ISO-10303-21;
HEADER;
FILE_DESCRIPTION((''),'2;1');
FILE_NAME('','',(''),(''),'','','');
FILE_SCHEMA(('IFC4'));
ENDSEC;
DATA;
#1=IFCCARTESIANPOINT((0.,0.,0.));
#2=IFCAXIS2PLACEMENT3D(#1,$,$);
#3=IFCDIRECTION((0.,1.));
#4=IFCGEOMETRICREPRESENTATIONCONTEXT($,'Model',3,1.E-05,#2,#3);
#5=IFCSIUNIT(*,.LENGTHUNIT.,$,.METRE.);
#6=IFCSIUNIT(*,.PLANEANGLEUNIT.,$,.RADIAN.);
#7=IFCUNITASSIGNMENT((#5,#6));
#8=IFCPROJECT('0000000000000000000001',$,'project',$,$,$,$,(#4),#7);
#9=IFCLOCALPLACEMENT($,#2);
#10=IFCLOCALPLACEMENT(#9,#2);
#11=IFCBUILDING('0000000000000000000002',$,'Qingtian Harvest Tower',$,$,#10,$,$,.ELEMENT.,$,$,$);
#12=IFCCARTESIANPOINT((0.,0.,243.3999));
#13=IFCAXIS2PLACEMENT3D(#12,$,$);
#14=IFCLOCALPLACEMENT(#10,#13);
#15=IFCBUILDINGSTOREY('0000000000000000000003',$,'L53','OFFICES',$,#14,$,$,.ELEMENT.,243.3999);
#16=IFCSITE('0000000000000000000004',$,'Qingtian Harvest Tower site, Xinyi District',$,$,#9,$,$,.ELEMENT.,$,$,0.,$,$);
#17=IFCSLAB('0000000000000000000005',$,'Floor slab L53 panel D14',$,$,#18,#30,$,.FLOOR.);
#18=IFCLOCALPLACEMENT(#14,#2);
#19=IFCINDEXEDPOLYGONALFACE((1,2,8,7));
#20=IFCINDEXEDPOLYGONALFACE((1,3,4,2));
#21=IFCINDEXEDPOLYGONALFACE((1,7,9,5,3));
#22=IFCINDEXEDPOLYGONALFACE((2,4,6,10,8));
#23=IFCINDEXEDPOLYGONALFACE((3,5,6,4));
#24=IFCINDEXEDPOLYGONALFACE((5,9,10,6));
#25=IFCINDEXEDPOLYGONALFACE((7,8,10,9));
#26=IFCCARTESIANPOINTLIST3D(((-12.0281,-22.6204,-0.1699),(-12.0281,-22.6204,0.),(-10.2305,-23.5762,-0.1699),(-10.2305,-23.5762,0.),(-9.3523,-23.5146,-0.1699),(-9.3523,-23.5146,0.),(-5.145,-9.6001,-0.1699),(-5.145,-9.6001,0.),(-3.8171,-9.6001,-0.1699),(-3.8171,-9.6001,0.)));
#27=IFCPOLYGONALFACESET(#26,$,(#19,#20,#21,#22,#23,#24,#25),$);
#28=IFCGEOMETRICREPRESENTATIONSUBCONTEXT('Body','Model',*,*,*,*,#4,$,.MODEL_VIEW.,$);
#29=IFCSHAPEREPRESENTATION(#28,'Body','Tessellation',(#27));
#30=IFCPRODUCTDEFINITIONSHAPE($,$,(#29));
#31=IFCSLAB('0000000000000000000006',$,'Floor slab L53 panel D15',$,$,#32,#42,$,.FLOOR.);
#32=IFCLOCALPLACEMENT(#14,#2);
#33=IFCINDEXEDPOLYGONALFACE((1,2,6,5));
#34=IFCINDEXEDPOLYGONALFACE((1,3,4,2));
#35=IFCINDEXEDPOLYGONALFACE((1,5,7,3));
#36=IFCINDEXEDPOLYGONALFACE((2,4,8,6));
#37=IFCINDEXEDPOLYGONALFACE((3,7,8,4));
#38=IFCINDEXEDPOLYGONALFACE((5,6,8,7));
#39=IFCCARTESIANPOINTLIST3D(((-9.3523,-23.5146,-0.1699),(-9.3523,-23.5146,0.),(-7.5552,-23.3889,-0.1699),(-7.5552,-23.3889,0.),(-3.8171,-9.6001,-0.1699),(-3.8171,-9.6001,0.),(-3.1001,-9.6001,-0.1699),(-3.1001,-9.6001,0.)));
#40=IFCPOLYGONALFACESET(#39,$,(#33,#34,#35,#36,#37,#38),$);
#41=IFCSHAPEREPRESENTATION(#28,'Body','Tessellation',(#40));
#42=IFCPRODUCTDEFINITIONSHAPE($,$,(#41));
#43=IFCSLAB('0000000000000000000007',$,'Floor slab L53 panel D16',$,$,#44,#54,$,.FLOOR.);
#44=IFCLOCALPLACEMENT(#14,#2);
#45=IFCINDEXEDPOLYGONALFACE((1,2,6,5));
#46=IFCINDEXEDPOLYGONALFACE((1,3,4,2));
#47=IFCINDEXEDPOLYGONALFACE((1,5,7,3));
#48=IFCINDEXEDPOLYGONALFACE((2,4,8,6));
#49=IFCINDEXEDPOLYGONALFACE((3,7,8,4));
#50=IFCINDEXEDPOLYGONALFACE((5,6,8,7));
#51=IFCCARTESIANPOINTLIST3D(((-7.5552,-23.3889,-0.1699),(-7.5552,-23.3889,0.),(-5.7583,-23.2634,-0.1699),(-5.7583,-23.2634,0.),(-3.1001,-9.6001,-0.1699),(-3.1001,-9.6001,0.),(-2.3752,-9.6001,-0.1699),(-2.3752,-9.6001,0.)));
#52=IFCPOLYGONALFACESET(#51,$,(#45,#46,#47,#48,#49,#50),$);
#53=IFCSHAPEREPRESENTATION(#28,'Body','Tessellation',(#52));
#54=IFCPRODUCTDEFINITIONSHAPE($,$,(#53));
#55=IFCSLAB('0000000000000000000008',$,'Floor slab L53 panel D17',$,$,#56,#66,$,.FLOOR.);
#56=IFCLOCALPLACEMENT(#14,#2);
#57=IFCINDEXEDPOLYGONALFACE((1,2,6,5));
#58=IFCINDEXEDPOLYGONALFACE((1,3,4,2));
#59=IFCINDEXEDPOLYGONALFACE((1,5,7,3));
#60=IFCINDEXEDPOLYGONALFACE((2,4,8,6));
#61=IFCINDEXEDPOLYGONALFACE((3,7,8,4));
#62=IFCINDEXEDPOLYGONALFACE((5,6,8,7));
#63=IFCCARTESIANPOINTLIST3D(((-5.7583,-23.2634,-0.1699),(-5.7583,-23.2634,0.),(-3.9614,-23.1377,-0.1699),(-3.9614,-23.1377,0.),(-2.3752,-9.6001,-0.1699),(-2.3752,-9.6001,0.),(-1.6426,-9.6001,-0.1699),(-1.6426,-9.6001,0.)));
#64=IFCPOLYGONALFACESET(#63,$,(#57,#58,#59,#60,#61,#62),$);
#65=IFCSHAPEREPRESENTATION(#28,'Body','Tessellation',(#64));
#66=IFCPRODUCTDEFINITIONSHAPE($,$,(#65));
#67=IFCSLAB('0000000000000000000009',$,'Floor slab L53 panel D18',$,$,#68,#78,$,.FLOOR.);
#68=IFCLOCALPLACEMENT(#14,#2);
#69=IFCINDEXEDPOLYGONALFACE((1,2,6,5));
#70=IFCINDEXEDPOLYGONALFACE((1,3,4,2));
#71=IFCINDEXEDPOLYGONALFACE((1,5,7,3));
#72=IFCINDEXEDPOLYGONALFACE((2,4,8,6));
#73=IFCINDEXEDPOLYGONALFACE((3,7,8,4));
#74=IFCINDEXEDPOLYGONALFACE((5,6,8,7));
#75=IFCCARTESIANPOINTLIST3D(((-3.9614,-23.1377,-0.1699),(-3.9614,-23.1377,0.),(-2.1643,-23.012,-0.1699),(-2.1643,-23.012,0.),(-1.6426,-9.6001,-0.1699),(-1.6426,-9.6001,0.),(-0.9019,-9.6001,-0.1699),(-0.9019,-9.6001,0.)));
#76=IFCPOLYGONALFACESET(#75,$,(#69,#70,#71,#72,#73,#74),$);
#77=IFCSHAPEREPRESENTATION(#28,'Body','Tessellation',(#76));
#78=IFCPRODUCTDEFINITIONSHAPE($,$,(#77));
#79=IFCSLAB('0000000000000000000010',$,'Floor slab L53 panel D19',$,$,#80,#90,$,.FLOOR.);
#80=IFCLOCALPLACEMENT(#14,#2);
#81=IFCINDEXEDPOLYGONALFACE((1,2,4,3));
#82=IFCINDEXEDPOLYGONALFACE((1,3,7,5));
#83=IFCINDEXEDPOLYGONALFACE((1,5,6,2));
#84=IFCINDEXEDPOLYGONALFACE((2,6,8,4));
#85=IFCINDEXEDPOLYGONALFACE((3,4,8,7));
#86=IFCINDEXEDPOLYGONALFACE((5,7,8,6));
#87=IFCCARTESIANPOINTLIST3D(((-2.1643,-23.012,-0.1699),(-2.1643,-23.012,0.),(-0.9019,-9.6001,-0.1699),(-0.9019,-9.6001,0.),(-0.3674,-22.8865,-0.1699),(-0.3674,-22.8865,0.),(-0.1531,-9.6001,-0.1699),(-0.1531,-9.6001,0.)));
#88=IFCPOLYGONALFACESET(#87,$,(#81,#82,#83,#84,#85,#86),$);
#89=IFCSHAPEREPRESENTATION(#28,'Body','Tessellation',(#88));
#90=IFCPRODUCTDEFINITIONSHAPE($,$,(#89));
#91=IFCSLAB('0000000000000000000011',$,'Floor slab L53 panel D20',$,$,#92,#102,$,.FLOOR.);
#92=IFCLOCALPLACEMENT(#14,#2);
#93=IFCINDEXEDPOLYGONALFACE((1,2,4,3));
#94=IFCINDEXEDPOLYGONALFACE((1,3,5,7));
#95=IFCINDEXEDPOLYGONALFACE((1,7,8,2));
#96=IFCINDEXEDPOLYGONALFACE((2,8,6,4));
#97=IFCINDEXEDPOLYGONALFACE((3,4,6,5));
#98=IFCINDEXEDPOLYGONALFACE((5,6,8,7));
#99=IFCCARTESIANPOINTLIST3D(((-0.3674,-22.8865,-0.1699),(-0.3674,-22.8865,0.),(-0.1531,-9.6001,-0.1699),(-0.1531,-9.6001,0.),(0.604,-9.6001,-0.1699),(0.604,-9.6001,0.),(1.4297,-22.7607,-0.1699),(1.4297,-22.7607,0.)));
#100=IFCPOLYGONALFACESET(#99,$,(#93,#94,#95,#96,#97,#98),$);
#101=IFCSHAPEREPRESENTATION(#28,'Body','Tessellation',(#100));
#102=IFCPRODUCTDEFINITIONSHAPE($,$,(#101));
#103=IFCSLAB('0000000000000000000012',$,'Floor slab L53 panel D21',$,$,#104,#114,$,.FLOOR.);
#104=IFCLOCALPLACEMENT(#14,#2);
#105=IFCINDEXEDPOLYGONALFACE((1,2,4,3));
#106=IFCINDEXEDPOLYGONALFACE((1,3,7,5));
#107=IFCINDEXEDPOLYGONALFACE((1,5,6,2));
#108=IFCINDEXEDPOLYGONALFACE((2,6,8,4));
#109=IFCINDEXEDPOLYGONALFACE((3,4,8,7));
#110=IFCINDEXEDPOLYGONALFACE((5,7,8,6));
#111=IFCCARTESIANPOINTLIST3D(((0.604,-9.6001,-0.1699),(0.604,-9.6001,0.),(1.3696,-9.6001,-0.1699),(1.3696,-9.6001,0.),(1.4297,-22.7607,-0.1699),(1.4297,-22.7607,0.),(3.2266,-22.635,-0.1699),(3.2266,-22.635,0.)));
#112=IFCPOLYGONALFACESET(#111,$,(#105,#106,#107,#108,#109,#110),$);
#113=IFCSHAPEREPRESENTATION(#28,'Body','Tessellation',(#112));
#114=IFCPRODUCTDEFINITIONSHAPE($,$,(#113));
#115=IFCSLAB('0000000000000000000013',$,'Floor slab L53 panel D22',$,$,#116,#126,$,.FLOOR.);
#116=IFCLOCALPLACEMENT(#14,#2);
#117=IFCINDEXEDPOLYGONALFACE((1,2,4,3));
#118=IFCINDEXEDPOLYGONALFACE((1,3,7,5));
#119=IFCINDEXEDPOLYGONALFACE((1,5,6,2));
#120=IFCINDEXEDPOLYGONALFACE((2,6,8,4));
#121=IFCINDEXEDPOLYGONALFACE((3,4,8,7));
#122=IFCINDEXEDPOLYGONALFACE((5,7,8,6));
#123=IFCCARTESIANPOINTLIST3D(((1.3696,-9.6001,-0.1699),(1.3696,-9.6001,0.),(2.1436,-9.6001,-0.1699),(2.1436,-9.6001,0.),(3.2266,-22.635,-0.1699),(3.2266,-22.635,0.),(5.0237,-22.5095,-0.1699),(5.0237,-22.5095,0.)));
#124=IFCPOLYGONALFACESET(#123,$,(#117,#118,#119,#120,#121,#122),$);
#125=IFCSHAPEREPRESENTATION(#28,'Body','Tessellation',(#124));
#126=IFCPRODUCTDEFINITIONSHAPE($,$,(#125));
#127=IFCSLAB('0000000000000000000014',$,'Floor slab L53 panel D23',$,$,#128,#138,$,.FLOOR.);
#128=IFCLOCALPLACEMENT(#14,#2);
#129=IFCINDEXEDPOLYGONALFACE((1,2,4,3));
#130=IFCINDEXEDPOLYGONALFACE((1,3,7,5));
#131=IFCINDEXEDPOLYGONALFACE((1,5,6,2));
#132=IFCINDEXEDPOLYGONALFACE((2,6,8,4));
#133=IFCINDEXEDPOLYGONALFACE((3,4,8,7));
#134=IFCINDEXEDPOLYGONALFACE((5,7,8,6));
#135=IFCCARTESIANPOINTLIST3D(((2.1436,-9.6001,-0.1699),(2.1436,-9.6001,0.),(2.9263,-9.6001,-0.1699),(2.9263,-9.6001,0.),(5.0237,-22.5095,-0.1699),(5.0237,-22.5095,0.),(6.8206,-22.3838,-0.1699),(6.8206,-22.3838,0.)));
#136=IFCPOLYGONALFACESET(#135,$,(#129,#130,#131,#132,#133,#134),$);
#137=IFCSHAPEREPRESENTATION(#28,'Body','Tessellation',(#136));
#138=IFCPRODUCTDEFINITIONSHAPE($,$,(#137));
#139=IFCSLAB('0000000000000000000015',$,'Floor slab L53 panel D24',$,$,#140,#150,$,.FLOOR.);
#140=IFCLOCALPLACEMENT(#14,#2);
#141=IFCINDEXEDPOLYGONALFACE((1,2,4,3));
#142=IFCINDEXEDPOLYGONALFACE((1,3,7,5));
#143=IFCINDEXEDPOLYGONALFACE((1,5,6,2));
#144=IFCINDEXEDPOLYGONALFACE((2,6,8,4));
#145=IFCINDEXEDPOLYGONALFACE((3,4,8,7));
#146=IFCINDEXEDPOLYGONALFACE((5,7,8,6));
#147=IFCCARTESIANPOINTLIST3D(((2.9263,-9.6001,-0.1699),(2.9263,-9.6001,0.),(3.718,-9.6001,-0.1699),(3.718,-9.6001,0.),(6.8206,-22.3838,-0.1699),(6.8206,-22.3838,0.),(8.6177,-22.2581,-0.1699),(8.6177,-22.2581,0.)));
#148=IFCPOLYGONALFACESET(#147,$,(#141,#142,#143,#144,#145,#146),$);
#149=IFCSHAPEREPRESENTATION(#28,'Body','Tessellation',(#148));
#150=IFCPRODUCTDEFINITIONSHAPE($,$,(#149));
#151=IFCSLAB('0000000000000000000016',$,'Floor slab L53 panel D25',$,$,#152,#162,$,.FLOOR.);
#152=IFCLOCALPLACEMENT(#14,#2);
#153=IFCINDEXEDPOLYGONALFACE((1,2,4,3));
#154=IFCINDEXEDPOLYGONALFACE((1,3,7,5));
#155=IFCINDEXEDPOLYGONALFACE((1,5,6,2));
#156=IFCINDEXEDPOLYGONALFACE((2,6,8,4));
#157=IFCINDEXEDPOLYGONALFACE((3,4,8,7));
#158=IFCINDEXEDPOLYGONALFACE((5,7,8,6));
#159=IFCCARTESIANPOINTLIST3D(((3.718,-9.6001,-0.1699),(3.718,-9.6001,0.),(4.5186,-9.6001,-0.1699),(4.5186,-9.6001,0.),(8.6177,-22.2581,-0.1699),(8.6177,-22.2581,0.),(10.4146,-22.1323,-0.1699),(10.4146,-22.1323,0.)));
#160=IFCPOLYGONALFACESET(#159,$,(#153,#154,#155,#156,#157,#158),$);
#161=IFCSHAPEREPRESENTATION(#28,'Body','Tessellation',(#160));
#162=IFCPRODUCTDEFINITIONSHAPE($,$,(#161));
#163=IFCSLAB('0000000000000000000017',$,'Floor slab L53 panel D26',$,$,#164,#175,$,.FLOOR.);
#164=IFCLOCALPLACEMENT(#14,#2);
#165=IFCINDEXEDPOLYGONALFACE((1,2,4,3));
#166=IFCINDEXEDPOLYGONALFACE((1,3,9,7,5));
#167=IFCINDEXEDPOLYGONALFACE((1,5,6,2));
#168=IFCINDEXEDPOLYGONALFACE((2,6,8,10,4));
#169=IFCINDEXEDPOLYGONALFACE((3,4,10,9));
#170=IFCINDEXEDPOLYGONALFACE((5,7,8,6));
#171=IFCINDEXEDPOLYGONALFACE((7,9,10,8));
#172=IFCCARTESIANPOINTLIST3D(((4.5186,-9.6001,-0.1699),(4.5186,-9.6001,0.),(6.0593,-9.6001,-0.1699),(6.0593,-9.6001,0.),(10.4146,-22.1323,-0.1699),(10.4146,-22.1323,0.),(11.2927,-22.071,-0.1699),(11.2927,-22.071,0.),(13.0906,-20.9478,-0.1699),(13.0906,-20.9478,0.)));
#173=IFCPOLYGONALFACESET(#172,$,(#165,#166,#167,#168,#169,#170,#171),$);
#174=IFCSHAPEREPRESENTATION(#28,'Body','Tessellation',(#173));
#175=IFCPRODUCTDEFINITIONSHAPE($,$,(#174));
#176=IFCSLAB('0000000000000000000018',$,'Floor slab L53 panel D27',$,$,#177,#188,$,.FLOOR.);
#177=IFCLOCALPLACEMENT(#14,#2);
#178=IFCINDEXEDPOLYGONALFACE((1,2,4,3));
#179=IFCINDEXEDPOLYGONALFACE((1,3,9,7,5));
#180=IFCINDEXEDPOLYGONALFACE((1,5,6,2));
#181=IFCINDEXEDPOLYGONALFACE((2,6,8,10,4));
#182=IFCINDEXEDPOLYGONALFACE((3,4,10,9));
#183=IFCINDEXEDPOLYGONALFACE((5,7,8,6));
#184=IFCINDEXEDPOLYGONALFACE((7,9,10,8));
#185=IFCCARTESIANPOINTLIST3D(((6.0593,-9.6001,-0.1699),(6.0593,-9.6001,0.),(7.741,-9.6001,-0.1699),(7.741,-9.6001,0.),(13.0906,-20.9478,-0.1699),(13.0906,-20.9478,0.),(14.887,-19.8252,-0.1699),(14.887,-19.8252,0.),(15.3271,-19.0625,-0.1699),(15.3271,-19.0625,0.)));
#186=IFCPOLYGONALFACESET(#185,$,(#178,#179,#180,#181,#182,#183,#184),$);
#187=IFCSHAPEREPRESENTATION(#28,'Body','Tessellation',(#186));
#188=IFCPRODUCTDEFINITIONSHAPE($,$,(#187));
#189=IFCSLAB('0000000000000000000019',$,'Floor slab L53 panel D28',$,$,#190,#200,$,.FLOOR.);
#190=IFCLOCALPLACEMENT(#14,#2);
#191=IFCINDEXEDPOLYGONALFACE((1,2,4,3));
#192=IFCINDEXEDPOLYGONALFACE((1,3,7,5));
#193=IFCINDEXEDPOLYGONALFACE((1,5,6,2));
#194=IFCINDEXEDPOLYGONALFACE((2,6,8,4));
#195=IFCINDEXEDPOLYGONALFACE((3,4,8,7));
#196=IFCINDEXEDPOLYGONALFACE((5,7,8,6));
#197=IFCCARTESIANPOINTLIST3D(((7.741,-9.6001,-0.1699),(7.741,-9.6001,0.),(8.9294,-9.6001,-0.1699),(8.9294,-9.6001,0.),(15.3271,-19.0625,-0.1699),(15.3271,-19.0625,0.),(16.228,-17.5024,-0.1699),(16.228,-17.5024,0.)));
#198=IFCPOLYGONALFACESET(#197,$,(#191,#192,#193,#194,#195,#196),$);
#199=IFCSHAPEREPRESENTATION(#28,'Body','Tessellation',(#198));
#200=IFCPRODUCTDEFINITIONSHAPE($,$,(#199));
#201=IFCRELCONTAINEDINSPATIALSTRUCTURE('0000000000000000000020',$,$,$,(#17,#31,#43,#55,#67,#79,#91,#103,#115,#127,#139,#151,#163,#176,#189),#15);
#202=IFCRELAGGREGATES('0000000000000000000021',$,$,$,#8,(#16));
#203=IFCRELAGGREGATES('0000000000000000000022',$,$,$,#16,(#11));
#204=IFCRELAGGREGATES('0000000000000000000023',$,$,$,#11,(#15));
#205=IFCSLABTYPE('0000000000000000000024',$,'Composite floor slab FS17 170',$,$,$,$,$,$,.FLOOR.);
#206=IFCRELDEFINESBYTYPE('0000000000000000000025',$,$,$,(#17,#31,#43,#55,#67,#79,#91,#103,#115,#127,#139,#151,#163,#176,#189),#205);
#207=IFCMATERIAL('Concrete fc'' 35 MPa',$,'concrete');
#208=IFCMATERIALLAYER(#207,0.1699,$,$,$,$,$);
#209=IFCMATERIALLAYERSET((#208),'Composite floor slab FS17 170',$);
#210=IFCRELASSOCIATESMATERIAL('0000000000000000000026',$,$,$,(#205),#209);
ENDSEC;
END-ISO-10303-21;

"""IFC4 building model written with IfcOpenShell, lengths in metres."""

from ifc_helpers import new_model, si_unit, direction, frame, origin, place, context, subcontext, project, spatial, polyline, outline, extrude, material, layer, layer_set, type_object, element, save


model = new_model("IFC4")

# Units and contexts
model_context = context("Model", 3, precision=1e-05, world=origin(), true_north=direction((0.0, 1.0)))
body_context = subcontext(model_context, "Body", "Model", "MODEL_VIEW")
ifc_project = project(units=[si_unit("LENGTHUNIT", "METRE"), si_unit("PLANEANGLEUNIT", "RADIAN")], contexts=[model_context])

# Site, building, storey
site_placement = place(None, origin())
site = spatial("IfcSite", under=ifc_project, at=site_placement, Name="Qingtian Harvest Tower site, Xinyi District", CompositionType="ELEMENT", RefElevation=0.0)
building_placement = place(site_placement, origin())
building = spatial("IfcBuilding", under=site, at=building_placement, Name="Qingtian Harvest Tower", CompositionType="ELEMENT")
storey_placement = place(building_placement, frame((0.0, 0.0, 243.3999)))
storey = spatial("IfcBuildingStorey", under=building, at=storey_placement, Name="L53", Description="OFFICES", CompositionType="ELEMENT", Elevation=243.3999)

# Slabs
ifc_material_1 = material(Name="Concrete fc' 35 MPa", Category="concrete")
ifc_layer_1 = layer(ifc_material_1, 0.1699)
ifc_layer_set_1 = layer_set([ifc_layer_1], Name="Composite floor slab FS17 170")
slab_type = type_object("IfcSlabType", Name="Composite floor slab FS17 170", PredefinedType="FLOOR", material=ifc_layer_set_1)
slab_1_placement = place(storey_placement, frame((0.0, 0.0, -0.1699)))
element("IfcSlab", 1, at=slab_1_placement, inside=storey, type_object=slab_type, Name="Floor slab L53 panel D14", PredefinedType="FLOOR", context=body_context, shape_type="SweptSolid", body=[
    extrude(outline(polyline([(-5.145, -9.6001), (-3.8171, -9.6001), (-9.3523, -23.5146), (-10.2305, -23.5762), (-12.0281, -22.6204), (-5.145, -9.6001)])), origin(), (0.0, 0.0, 1.0), 0.1699),
])
slab_2_placement = place(storey_placement, frame((0.0, 0.0, -0.1699)))
element("IfcSlab", 2, at=slab_2_placement, inside=storey, type_object=slab_type, Name="Floor slab L53 panel D15", PredefinedType="FLOOR", context=body_context, shape_type="SweptSolid", body=[
    extrude(outline(polyline([(-3.1001, -9.6001), (-7.5552, -23.3889), (-9.3523, -23.5146), (-3.8171, -9.6001), (-3.1001, -9.6001)])), origin(), (0.0, 0.0, 1.0), 0.1699),
])
slab_3_placement = place(storey_placement, frame((0.0, 0.0, -0.1699)))
element("IfcSlab", 3, at=slab_3_placement, inside=storey, type_object=slab_type, Name="Floor slab L53 panel D16", PredefinedType="FLOOR", context=body_context, shape_type="SweptSolid", body=[
    extrude(outline(polyline([(-2.3752, -9.6001), (-5.7583, -23.2634), (-7.5552, -23.3889), (-3.1001, -9.6001), (-2.3752, -9.6001)])), origin(), (0.0, 0.0, 1.0), 0.1699),
])
slab_4_placement = place(storey_placement, frame((0.0, 0.0, -0.1699)))
element("IfcSlab", 4, at=slab_4_placement, inside=storey, type_object=slab_type, Name="Floor slab L53 panel D17", PredefinedType="FLOOR", context=body_context, shape_type="SweptSolid", body=[
    extrude(outline(polyline([(-1.6426, -9.6001), (-3.9614, -23.1377), (-5.7583, -23.2634), (-2.3752, -9.6001), (-1.6426, -9.6001)])), origin(), (0.0, 0.0, 1.0), 0.1699),
])
slab_5_placement = place(storey_placement, frame((0.0, 0.0, -0.1699)))
element("IfcSlab", 5, at=slab_5_placement, inside=storey, type_object=slab_type, Name="Floor slab L53 panel D18", PredefinedType="FLOOR", context=body_context, shape_type="SweptSolid", body=[
    extrude(outline(polyline([(-0.9019, -9.6001), (-2.1643, -23.012), (-3.9614, -23.1377), (-1.6426, -9.6001), (-0.9019, -9.6001)])), origin(), (0.0, 0.0, 1.0), 0.1699),
])
slab_6_placement = place(storey_placement, frame((0.0, 0.0, -0.1699)))
element("IfcSlab", 6, at=slab_6_placement, inside=storey, type_object=slab_type, Name="Floor slab L53 panel D19", PredefinedType="FLOOR", context=body_context, shape_type="SweptSolid", body=[
    extrude(outline(polyline([(-0.1531, -9.6001), (-0.3674, -22.8865), (-2.1643, -23.012), (-0.9019, -9.6001), (-0.1531, -9.6001)])), origin(), (0.0, 0.0, 1.0), 0.1699),
])
slab_7_placement = place(storey_placement, frame((0.0, 0.0, -0.1699)))
element("IfcSlab", 7, at=slab_7_placement, inside=storey, type_object=slab_type, Name="Floor slab L53 panel D20", PredefinedType="FLOOR", context=body_context, shape_type="SweptSolid", body=[
    extrude(outline(polyline([(0.604, -9.6001), (1.4297, -22.7607), (-0.3674, -22.8865), (-0.1531, -9.6001), (0.604, -9.6001)])), origin(), (0.0, 0.0, 1.0), 0.1699),
])
slab_8_placement = place(storey_placement, frame((0.0, 0.0, -0.1699)))
element("IfcSlab", 8, at=slab_8_placement, inside=storey, type_object=slab_type, Name="Floor slab L53 panel D21", PredefinedType="FLOOR", context=body_context, shape_type="SweptSolid", body=[
    extrude(outline(polyline([(1.3696, -9.6001), (3.2266, -22.635), (1.4297, -22.7607), (0.604, -9.6001), (1.3696, -9.6001)])), origin(), (0.0, 0.0, 1.0), 0.1699),
])
slab_9_placement = place(storey_placement, frame((0.0, 0.0, -0.1699)))
element("IfcSlab", 9, at=slab_9_placement, inside=storey, type_object=slab_type, Name="Floor slab L53 panel D22", PredefinedType="FLOOR", context=body_context, shape_type="SweptSolid", body=[
    extrude(outline(polyline([(2.1436, -9.6001), (5.0237, -22.5095), (3.2266, -22.635), (1.3696, -9.6001), (2.1436, -9.6001)])), origin(), (0.0, 0.0, 1.0), 0.1699),
])
slab_10_placement = place(storey_placement, frame((0.0, 0.0, -0.1699)))
element("IfcSlab", 10, at=slab_10_placement, inside=storey, type_object=slab_type, Name="Floor slab L53 panel D23", PredefinedType="FLOOR", context=body_context, shape_type="SweptSolid", body=[
    extrude(outline(polyline([(2.9263, -9.6001), (6.8206, -22.3838), (5.0237, -22.5095), (2.1436, -9.6001), (2.9263, -9.6001)])), origin(), (0.0, 0.0, 1.0), 0.1699),
])
slab_11_placement = place(storey_placement, frame((0.0, 0.0, -0.1699)))
element("IfcSlab", 11, at=slab_11_placement, inside=storey, type_object=slab_type, Name="Floor slab L53 panel D24", PredefinedType="FLOOR", context=body_context, shape_type="SweptSolid", body=[
    extrude(outline(polyline([(3.718, -9.6001), (8.6177, -22.2581), (6.8206, -22.3838), (2.9263, -9.6001), (3.718, -9.6001)])), origin(), (0.0, 0.0, 1.0), 0.1699),
])
slab_12_placement = place(storey_placement, frame((0.0, 0.0, -0.1699)))
element("IfcSlab", 12, at=slab_12_placement, inside=storey, type_object=slab_type, Name="Floor slab L53 panel D25", PredefinedType="FLOOR", context=body_context, shape_type="SweptSolid", body=[
    extrude(outline(polyline([(4.5186, -9.6001), (10.4146, -22.1323), (8.6177, -22.2581), (3.718, -9.6001), (4.5186, -9.6001)])), origin(), (0.0, 0.0, 1.0), 0.1699),
])
slab_13_placement = place(storey_placement, frame((0.0, 0.0, -0.1699)))
element("IfcSlab", 13, at=slab_13_placement, inside=storey, type_object=slab_type, Name="Floor slab L53 panel D26", PredefinedType="FLOOR", context=body_context, shape_type="SweptSolid", body=[
    extrude(outline(polyline([(4.5186, -9.6001), (6.0593, -9.6001), (13.0906, -20.9478), (11.2927, -22.071), (10.4146, -22.1323), (4.5186, -9.6001)])), origin(), (0.0, 0.0, 1.0), 0.1699),
])
slab_14_placement = place(storey_placement, frame((0.0, 0.0, -0.1699)))
element("IfcSlab", 14, at=slab_14_placement, inside=storey, type_object=slab_type, Name="Floor slab L53 panel D27", PredefinedType="FLOOR", context=body_context, shape_type="SweptSolid", body=[
    extrude(outline(polyline([(6.0593, -9.6001), (7.741, -9.6001), (15.3271, -19.0625), (14.887, -19.8252), (13.0906, -20.9478), (6.0593, -9.6001)])), origin(), (0.0, 0.0, 1.0), 0.1699),
])
slab_15_placement = place(storey_placement, frame((0.0, 0.0, -0.1699)))
element("IfcSlab", 15, at=slab_15_placement, inside=storey, type_object=slab_type, Name="Floor slab L53 panel D28", PredefinedType="FLOOR", context=body_context, shape_type="SweptSolid", body=[
    extrude(outline(polyline([(8.9294, -9.6001), (16.228, -17.5024), (15.3271, -19.0625), (7.741, -9.6001), (8.9294, -9.6001)])), origin(), (0.0, 0.0, 1.0), 0.1699),
])

save(model, "model.ifc")
